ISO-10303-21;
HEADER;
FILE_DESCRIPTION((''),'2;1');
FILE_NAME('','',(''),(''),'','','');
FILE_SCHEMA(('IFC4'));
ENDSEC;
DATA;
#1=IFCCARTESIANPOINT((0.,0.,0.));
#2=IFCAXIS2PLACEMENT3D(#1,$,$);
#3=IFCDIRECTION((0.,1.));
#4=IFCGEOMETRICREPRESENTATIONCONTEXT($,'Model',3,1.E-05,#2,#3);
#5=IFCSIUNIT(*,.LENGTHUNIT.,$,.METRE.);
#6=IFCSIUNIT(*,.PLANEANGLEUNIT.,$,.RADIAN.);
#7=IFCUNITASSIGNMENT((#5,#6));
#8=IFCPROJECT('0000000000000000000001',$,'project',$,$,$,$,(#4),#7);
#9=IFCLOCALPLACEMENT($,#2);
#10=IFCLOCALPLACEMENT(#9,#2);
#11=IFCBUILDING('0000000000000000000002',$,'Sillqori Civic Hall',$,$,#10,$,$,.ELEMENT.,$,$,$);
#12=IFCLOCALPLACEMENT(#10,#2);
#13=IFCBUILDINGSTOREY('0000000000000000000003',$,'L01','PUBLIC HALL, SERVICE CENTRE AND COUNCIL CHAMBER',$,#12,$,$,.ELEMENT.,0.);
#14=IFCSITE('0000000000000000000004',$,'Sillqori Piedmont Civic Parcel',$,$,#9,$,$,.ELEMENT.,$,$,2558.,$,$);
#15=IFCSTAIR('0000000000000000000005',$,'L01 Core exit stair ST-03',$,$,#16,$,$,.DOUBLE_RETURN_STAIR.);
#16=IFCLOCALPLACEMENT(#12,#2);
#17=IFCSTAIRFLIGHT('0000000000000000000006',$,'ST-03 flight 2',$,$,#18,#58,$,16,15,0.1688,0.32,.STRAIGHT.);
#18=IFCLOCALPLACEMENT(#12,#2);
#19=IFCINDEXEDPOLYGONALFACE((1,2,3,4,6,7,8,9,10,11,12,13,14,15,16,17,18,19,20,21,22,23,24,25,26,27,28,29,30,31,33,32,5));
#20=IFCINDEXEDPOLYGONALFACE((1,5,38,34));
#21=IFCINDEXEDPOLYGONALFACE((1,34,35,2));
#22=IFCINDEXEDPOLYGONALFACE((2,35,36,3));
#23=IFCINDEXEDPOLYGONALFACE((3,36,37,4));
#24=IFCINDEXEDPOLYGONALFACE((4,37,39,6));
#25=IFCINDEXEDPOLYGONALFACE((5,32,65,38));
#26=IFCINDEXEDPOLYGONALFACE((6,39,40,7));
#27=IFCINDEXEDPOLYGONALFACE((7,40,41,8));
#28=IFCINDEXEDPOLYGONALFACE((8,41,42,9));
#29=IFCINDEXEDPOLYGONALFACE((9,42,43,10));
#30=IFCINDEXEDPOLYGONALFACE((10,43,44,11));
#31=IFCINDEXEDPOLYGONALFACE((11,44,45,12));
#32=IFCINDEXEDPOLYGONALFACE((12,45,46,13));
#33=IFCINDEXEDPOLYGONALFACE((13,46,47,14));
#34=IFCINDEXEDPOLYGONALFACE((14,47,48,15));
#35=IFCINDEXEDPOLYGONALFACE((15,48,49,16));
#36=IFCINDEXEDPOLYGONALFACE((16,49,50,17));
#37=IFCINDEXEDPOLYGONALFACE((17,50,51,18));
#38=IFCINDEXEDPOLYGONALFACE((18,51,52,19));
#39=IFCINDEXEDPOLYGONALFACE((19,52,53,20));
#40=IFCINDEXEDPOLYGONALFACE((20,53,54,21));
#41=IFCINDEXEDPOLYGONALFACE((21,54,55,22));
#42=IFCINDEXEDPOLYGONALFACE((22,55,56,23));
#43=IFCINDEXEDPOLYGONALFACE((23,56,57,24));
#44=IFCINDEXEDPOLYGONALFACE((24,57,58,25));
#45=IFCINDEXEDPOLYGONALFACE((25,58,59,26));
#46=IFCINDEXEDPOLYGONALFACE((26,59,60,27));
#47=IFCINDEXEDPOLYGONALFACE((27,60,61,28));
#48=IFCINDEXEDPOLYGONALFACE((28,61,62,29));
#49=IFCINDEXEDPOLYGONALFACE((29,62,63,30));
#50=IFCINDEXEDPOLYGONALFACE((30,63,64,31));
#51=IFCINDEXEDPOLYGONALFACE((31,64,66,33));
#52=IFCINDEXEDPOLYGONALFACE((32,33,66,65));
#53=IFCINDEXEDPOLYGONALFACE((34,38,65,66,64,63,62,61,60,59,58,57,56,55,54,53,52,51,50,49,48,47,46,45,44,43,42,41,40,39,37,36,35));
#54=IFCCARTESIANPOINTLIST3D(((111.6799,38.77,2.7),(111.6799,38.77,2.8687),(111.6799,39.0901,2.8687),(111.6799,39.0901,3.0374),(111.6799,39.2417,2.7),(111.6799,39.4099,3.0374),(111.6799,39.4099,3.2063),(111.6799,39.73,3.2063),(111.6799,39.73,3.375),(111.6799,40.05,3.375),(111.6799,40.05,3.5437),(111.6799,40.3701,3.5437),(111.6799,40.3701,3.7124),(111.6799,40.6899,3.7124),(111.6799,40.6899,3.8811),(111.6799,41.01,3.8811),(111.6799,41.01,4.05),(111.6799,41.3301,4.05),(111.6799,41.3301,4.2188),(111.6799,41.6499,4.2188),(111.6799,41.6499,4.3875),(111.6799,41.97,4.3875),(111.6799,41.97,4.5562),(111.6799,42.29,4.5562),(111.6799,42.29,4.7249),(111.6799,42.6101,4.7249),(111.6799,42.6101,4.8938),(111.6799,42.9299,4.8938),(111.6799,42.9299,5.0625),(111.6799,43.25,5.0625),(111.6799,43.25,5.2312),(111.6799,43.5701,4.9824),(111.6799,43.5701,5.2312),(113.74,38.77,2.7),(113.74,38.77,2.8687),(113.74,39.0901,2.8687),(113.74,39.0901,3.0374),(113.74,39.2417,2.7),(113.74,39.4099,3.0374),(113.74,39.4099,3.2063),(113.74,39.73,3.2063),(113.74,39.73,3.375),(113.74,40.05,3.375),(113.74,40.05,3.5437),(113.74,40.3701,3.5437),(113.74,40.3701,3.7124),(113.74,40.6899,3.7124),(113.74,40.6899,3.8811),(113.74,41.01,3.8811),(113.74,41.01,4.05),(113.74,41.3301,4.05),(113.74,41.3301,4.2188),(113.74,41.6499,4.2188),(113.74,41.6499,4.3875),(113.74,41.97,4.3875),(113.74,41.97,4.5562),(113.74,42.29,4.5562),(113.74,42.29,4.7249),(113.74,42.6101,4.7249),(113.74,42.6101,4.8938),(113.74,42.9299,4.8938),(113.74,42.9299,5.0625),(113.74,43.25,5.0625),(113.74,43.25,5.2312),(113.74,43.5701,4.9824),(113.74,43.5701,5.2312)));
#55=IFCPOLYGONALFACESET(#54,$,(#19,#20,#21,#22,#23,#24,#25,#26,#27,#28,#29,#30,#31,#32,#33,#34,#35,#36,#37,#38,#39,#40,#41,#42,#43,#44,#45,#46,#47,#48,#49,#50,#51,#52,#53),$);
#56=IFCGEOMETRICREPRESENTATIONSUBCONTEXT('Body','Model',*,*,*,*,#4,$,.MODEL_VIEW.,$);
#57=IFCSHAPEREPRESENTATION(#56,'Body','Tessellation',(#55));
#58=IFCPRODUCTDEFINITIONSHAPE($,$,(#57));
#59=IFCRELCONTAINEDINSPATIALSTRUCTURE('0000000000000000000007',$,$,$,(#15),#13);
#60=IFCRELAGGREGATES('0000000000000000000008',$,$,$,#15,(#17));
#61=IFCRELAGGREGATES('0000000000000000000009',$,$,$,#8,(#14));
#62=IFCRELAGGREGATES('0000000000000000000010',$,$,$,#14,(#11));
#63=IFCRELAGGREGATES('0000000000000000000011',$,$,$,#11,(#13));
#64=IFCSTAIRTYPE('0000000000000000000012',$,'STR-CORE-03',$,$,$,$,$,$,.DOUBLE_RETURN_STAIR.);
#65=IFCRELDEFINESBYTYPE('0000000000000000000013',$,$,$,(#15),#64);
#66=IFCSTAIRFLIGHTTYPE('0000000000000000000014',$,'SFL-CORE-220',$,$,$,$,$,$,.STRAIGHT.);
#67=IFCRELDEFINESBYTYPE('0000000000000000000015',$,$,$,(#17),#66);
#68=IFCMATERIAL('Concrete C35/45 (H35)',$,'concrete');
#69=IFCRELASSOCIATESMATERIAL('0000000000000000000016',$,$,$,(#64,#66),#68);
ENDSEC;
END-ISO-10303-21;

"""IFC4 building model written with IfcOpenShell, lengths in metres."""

from ifc_helpers import new_model, si_unit, direction, frame, origin, place, context, subcontext, project, spatial, polyline, outline, extrude, material, type_object, element, aggregate, save


model = new_model("IFC4")

# Units and contexts
model_context = context("Model", 3, precision=1e-05, world=origin(), true_north=direction((0.0, 1.0)))
body_context = subcontext(model_context, "Body", "Model", "MODEL_VIEW")
ifc_project = project(units=[si_unit("LENGTHUNIT", "METRE"), si_unit("PLANEANGLEUNIT", "RADIAN")], contexts=[model_context])

# Site, building, storey
site_placement = place(None, origin())
site = spatial("IfcSite", under=ifc_project, at=site_placement, Name="Sillqori Piedmont Civic Parcel", CompositionType="ELEMENT", RefElevation=2558.0)
building_placement = place(site_placement, origin())
building = spatial("IfcBuilding", under=site, at=building_placement, Name="Sillqori Civic Hall", CompositionType="ELEMENT")
storey_placement = place(building_placement, origin())
storey = spatial("IfcBuildingStorey", under=building, at=storey_placement, Name="L01", Description="PUBLIC HALL, SERVICE CENTRE AND COUNCIL CHAMBER", CompositionType="ELEMENT", Elevation=0.0)

# Shared definitions
ifc_material_1 = material(Name="Concrete C35/45 (H35)", Category="concrete")

# Stair, stair flight
stair_type = type_object("IfcStairType", Name="STR-CORE-03", PredefinedType="DOUBLE_RETURN_STAIR", material=ifc_material_1)
stair_placement = place(storey_placement, origin())
stair = element("IfcStair", 1, at=stair_placement, inside=storey, type_object=stair_type, Name="L01 Core exit stair ST-03", PredefinedType="DOUBLE_RETURN_STAIR")
stair_flight_type = type_object("IfcStairFlightType", Name="SFL-CORE-220", PredefinedType="STRAIGHT", material=ifc_material_1)
stair_flight_placement = place(storey_placement, frame((112.71, 38.77, 2.7), z_axis=(0.0, 0.0, 1.0), x_axis=(0.0, 1.0, 0.0)))
stair_flight = element("IfcStairFlight", 2, at=stair_flight_placement, type_object=stair_flight_type, Name="ST-03 flight 2", NumberOfRisers=16, NumberOfTreads=15, PredefinedType="STRAIGHT", RiserHeight=0.1688, TreadLength=0.32, context=body_context, shape_type="SweptSolid", body=[
    extrude(outline(polyline([(0.0, 0.0), (0.0, 0.1687), (0.3201, 0.1687), (0.3201, 0.3374), (0.6399, 0.3374), (0.6399, 0.5063), (0.96, 0.5063), (0.96, 0.675), (1.28, 0.675), (1.28, 0.8438), (1.6001, 0.8438), (1.6001, 1.0125), (1.9199, 1.0125), (1.9199, 1.1812), (2.24, 1.1812), (2.24, 1.3501), (2.5601, 1.3501), (2.5601, 1.5188), (2.8799, 1.5188), (2.8799, 1.6875), (3.2, 1.6875), (3.2, 1.8562), (3.52, 1.8562), (3.52, 2.0249), (3.8401, 2.0249), (3.8401, 2.1938), (4.1599, 2.1938), (4.1599, 2.3625), (4.48, 2.3625), (4.48, 2.5312), (4.8, 2.5312), (4.8, 2.7), (4.8, 2.2825), (0.4717, 0.0), (0.0, 0.0)])), frame((0.0, 1.03, 0.0), z_axis=(0.0, -1.0, 0.0), x_axis=(1.0, 0.0, 0.0)), (0.0, 0.0, 1.0), 2.0601),
])
aggregate(stair, [stair_flight])

save(model, "model.ifc")
